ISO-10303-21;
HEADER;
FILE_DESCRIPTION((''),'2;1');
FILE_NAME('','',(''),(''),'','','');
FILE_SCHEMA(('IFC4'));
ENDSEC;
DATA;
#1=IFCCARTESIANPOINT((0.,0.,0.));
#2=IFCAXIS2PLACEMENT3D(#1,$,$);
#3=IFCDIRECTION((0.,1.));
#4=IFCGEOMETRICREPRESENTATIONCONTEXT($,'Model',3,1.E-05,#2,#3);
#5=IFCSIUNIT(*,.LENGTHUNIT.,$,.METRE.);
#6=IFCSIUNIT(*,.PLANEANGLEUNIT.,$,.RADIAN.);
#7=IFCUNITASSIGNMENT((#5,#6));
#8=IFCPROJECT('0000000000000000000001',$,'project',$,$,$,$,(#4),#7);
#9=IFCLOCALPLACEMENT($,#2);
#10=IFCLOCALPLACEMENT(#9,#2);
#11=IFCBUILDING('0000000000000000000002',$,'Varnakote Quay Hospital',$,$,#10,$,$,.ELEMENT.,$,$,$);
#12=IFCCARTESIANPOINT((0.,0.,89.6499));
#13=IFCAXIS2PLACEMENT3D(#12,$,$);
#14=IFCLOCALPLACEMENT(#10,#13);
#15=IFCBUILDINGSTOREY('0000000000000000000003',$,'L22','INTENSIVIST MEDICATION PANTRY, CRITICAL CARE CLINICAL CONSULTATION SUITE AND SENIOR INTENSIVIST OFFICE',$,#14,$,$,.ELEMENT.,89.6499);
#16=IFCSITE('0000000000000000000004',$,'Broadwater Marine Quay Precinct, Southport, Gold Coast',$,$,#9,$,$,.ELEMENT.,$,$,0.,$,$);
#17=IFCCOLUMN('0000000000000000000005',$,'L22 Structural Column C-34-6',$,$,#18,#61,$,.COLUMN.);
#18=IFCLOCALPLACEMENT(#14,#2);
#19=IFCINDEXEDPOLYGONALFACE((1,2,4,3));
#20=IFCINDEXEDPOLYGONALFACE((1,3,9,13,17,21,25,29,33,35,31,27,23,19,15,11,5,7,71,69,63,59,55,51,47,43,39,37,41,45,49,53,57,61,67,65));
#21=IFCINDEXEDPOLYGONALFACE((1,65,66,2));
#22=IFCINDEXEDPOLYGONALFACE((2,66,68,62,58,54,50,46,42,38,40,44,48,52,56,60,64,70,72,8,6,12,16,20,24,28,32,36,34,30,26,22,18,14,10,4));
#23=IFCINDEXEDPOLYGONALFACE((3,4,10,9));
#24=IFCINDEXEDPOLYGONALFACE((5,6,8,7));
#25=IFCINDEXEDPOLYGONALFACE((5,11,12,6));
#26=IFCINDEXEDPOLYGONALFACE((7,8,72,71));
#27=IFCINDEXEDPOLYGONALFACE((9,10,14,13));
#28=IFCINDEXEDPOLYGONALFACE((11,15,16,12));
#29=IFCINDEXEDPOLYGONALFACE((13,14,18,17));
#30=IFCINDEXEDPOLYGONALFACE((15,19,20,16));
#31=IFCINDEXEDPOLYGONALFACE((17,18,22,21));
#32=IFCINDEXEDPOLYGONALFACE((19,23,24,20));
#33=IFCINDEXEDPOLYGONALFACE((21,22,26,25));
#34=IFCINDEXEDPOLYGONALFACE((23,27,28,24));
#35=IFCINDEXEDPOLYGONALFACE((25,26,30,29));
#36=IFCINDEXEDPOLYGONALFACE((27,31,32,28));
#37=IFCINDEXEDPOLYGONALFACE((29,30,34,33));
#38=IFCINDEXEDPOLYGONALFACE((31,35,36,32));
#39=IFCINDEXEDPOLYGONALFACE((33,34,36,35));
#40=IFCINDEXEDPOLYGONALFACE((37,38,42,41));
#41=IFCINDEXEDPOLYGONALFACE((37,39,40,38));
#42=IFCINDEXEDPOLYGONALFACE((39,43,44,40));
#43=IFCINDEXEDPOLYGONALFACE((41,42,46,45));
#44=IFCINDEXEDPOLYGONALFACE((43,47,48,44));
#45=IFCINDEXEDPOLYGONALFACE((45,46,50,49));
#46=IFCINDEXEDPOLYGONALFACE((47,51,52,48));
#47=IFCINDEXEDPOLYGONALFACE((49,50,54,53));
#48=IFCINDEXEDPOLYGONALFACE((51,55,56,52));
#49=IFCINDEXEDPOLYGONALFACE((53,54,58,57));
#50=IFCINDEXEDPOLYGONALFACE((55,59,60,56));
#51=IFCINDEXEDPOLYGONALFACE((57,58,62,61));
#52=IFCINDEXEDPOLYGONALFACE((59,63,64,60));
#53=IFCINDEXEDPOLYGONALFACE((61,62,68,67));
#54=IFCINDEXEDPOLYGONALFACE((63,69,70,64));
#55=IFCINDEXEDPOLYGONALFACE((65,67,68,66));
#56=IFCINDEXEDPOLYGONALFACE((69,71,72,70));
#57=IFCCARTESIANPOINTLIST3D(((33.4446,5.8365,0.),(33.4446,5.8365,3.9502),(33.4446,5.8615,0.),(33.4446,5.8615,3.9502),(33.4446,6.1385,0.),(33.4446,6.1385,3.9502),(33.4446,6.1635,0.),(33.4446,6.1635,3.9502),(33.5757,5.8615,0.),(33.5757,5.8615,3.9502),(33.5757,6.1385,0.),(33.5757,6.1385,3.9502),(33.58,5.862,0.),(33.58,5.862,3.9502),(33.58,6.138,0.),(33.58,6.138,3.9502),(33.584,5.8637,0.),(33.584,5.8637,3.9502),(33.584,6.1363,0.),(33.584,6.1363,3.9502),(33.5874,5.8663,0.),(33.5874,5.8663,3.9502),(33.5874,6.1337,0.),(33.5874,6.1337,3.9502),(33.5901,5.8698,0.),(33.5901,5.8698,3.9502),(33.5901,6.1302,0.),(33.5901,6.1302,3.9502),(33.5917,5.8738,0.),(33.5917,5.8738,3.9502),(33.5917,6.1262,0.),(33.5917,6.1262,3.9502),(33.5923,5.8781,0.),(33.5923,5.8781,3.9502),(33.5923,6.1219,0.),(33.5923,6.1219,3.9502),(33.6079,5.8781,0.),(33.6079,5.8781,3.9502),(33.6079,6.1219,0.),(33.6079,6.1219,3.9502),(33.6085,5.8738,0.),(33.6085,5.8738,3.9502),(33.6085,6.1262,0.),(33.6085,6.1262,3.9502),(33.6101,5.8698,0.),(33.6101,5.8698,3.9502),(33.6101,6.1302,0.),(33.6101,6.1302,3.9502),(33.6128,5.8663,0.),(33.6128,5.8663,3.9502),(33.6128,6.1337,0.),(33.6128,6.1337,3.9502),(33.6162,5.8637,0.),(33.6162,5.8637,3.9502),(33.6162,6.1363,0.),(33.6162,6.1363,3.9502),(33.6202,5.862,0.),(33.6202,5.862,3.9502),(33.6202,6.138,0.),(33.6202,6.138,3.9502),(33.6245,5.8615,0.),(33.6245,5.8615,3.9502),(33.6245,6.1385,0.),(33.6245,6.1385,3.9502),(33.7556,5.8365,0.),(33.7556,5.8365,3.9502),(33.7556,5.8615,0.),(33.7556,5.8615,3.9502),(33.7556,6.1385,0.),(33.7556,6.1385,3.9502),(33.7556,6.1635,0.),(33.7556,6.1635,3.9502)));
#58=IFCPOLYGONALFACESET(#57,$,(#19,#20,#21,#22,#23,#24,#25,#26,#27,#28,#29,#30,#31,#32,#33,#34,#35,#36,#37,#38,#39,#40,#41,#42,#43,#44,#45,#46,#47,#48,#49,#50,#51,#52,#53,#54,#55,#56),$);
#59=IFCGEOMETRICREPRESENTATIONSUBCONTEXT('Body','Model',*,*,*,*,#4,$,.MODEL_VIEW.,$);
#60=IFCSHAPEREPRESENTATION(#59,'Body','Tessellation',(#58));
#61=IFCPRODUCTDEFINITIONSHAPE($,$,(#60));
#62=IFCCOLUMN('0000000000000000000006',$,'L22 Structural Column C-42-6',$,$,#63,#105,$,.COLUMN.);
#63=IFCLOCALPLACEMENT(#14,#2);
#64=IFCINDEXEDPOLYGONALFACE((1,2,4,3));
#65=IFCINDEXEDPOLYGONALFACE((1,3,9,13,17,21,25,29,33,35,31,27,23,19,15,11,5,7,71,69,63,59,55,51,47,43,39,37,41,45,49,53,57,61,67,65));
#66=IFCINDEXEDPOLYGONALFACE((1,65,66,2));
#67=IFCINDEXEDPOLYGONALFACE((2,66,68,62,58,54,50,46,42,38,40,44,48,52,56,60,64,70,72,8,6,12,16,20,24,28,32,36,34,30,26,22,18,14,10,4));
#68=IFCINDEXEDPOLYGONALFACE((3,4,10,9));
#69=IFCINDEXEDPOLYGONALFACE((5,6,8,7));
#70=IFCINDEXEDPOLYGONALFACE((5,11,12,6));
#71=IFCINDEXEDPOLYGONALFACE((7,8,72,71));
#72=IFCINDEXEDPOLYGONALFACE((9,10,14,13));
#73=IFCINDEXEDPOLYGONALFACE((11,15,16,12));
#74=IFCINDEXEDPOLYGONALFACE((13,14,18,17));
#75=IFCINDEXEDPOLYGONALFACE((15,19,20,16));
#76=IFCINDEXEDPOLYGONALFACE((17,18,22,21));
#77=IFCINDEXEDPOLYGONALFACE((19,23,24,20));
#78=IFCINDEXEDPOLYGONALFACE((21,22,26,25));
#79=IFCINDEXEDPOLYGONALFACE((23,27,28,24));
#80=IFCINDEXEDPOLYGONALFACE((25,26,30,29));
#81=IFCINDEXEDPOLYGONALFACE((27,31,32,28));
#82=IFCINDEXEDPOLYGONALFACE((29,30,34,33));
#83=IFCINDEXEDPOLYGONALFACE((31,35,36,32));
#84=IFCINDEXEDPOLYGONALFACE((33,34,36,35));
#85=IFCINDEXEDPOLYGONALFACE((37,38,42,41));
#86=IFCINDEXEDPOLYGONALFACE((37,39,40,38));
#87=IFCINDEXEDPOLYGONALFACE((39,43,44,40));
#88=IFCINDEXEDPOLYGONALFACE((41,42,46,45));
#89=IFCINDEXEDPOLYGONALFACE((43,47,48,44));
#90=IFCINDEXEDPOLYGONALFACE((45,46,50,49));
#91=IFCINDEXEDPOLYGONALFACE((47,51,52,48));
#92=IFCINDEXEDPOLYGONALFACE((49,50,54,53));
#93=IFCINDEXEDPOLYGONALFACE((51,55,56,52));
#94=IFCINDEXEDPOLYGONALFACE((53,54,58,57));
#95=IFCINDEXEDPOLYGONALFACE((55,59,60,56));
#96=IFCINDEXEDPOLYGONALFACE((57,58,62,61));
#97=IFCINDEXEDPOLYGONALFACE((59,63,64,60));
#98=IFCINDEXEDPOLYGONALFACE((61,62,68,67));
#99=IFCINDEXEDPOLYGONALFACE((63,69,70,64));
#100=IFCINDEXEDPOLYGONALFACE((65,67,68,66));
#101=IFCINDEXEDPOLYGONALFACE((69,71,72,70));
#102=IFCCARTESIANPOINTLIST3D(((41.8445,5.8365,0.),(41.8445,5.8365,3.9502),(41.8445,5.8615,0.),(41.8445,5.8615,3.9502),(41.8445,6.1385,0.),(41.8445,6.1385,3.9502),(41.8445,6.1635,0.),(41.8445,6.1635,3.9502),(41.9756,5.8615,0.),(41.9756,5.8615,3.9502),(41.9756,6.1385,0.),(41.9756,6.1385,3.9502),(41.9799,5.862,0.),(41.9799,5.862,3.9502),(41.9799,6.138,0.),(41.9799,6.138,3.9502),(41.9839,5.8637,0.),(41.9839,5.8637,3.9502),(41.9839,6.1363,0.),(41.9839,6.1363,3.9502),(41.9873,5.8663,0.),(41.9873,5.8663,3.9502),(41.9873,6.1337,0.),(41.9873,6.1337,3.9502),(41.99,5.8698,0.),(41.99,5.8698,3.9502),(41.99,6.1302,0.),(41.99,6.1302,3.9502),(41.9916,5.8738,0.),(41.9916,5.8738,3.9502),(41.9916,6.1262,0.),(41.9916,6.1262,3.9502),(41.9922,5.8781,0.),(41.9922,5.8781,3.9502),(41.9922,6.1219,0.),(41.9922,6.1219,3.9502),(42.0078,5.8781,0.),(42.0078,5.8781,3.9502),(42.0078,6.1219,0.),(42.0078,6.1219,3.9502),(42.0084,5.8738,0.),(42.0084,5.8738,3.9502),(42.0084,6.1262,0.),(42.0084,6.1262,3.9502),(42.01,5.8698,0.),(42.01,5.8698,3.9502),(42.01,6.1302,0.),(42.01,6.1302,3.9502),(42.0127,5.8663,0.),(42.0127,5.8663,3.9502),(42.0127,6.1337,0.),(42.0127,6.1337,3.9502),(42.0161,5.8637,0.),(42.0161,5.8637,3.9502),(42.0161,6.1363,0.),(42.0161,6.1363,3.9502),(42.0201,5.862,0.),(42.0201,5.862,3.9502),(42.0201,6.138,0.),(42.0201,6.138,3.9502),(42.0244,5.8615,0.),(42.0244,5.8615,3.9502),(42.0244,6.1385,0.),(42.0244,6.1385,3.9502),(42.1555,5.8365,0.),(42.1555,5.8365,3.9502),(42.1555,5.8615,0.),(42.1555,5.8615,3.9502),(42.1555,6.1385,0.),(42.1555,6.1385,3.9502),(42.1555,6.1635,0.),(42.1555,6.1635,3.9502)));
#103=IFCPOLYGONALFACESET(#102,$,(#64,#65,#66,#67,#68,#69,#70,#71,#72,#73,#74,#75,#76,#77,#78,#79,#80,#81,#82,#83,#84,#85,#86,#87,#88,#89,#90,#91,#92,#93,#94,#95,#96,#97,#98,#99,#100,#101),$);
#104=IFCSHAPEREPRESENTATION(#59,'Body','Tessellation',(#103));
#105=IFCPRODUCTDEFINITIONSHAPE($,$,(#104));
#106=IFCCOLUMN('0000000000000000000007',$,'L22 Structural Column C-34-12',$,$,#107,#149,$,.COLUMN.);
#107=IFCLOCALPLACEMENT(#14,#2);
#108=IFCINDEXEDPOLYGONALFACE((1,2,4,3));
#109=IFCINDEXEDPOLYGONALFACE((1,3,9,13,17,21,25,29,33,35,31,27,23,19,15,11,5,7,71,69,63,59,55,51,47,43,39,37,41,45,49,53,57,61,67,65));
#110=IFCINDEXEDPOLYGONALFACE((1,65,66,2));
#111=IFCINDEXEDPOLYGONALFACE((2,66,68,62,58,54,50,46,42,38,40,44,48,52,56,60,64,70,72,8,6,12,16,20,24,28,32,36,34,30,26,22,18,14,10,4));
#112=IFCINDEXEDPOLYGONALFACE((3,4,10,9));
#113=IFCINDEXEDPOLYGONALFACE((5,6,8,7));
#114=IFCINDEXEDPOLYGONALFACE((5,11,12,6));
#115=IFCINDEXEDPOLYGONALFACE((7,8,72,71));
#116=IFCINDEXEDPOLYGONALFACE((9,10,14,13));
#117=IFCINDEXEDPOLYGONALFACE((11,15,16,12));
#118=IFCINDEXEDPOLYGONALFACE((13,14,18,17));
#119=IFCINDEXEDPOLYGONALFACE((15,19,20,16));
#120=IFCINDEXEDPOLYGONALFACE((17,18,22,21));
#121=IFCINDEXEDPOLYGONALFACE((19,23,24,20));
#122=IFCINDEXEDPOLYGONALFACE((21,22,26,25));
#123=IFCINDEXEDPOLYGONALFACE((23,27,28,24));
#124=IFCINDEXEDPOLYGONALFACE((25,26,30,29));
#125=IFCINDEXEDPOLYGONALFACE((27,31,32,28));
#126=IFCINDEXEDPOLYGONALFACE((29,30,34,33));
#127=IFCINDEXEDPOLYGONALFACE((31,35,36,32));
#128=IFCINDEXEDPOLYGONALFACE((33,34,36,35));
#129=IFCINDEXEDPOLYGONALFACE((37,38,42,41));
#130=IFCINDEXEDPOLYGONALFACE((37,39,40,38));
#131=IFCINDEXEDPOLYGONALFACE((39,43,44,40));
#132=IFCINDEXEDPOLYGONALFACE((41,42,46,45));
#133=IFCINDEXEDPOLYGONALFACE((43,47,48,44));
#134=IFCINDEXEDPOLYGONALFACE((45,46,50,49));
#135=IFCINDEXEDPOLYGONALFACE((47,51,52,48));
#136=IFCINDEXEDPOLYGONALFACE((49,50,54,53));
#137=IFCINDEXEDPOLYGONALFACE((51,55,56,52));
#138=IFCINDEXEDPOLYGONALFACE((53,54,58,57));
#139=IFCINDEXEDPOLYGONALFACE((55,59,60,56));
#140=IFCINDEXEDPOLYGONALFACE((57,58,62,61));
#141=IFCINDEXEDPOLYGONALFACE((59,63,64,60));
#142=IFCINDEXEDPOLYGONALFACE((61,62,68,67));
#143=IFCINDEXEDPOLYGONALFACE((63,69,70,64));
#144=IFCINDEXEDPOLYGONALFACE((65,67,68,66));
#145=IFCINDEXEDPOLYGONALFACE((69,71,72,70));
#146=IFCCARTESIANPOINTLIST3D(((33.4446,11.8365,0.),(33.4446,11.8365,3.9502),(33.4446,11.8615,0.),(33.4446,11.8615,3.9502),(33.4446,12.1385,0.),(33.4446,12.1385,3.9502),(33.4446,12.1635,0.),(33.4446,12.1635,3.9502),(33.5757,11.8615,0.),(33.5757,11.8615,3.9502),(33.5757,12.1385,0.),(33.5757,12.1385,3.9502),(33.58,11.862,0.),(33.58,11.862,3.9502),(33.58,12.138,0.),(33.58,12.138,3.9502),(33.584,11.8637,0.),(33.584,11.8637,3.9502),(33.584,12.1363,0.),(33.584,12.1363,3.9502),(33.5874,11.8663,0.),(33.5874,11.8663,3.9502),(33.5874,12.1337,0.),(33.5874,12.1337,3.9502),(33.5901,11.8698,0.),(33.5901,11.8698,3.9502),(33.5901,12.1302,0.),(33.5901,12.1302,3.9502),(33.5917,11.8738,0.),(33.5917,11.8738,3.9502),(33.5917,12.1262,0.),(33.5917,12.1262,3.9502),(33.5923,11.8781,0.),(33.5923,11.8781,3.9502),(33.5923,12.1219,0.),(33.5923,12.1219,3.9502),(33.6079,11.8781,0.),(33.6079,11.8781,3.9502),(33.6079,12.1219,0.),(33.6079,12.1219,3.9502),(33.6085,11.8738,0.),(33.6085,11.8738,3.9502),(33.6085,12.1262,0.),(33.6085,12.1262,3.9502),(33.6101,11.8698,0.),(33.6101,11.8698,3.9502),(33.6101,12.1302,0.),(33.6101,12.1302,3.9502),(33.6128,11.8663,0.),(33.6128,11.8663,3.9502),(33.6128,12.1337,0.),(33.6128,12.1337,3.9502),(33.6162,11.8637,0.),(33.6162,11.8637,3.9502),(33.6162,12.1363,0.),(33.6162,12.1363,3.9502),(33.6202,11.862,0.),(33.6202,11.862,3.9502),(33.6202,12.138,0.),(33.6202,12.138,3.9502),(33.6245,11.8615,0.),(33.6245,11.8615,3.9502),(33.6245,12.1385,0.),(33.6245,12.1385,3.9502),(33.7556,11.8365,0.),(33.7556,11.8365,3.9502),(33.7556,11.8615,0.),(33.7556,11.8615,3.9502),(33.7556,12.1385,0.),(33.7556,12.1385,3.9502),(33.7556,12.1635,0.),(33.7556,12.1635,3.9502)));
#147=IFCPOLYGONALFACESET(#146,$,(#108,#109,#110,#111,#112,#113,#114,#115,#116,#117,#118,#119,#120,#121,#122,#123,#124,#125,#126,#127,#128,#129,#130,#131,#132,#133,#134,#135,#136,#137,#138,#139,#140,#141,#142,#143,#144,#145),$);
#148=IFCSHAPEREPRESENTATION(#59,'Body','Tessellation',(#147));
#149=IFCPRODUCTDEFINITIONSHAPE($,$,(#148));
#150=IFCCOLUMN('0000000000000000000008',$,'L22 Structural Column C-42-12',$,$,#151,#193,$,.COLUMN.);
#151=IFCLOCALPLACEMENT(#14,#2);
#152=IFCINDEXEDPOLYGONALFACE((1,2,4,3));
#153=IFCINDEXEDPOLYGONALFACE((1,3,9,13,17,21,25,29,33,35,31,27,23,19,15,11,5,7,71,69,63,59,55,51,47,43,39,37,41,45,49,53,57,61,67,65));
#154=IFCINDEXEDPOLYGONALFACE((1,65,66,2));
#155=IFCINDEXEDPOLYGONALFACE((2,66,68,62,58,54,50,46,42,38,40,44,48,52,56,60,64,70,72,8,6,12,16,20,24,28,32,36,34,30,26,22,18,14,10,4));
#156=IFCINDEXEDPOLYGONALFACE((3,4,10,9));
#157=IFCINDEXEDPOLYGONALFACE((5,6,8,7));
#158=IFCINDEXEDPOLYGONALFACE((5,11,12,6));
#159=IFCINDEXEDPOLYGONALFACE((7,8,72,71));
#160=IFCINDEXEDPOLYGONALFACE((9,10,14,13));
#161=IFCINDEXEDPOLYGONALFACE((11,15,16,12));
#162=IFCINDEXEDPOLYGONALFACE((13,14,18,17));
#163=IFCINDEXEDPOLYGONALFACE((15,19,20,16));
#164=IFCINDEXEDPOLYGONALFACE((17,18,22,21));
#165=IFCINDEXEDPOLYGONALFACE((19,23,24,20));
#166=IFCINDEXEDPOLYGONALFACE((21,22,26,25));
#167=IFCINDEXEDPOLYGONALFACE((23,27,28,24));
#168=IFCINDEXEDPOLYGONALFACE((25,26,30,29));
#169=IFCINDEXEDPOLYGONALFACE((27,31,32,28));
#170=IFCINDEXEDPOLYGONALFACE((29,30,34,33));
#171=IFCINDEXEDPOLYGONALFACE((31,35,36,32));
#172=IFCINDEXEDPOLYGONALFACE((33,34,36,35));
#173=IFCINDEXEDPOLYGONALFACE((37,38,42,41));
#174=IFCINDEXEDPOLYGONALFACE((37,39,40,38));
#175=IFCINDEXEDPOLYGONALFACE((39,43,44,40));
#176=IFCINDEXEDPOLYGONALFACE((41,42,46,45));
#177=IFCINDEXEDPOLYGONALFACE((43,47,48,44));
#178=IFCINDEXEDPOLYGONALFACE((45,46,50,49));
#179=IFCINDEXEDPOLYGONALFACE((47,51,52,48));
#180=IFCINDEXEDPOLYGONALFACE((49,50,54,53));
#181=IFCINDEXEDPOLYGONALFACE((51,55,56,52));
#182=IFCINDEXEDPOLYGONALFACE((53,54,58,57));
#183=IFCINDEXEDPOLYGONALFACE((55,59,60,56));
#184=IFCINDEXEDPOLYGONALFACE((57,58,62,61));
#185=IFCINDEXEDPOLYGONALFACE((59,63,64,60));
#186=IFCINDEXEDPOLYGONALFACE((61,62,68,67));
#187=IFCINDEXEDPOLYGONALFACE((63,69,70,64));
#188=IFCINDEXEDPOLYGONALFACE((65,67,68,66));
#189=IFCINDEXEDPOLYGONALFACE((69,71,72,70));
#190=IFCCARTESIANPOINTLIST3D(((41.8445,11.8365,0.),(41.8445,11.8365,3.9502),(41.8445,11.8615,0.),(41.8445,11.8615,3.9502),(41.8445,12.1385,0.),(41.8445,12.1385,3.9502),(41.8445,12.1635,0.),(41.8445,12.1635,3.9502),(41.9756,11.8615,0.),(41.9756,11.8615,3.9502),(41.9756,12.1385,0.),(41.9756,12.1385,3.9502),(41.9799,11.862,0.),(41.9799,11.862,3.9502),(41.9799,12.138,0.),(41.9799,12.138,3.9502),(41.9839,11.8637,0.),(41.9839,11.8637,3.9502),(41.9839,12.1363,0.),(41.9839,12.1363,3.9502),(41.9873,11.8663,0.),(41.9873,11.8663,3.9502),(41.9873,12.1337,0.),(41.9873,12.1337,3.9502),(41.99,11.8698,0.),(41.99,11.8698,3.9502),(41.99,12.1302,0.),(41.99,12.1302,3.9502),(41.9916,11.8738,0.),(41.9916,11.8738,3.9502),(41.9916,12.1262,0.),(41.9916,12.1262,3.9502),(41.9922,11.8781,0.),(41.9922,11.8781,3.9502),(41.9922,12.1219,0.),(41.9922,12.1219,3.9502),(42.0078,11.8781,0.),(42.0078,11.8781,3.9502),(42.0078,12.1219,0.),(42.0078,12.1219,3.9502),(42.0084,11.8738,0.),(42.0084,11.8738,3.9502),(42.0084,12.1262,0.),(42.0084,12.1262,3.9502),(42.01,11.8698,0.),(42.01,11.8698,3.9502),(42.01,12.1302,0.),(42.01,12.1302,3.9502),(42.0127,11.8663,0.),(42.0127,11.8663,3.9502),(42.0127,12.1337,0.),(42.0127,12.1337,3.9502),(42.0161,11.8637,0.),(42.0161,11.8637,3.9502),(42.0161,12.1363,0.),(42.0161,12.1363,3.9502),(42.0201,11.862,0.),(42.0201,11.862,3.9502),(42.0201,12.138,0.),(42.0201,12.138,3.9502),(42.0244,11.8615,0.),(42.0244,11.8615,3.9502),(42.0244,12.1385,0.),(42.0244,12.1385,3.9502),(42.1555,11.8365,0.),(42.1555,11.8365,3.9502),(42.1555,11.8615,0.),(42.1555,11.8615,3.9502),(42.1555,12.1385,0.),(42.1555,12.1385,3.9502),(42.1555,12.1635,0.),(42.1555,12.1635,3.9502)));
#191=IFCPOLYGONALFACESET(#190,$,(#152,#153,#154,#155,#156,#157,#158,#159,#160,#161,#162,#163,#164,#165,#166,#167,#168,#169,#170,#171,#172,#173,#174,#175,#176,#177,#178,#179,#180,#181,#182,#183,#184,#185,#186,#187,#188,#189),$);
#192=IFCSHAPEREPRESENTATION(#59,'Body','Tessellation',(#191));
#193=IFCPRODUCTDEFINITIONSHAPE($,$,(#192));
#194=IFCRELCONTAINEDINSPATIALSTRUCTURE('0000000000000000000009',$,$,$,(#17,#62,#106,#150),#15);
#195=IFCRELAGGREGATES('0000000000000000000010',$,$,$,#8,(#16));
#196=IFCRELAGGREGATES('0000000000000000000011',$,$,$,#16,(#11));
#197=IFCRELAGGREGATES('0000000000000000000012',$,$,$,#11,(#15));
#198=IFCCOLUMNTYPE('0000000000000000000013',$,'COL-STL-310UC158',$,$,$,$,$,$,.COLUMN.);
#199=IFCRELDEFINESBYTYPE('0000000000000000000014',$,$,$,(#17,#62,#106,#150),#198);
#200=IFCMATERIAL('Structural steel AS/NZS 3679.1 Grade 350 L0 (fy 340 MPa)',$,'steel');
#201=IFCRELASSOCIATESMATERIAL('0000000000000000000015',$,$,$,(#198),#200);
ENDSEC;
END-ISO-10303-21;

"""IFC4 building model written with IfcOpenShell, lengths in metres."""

from ifc_helpers import new_model, si_unit, direction, frame, origin, origin_2d, place, context, subcontext, project, spatial, i_section, extrude, material, material_profile, profile_set, type_object, element, save


model = new_model("IFC4")

# Units and contexts
model_context = context("Model", 3, precision=1e-05, world=origin(), true_north=direction((0.0, 1.0)))
body_context = subcontext(model_context, "Body", "Model", "MODEL_VIEW")
ifc_project = project(units=[si_unit("LENGTHUNIT", "METRE"), si_unit("PLANEANGLEUNIT", "RADIAN")], contexts=[model_context])

# Site, building, storey
site_placement = place(None, origin())
site = spatial("IfcSite", under=ifc_project, at=site_placement, Name="Broadwater Marine Quay Precinct, Southport, Gold Coast", CompositionType="ELEMENT", RefElevation=0.0)
building_placement = place(site_placement, origin())
building = spatial("IfcBuilding", under=site, at=building_placement, Name="Varnakote Quay Hospital", CompositionType="ELEMENT")
storey_placement = place(building_placement, frame((0.0, 0.0, 89.6499)))
storey = spatial("IfcBuildingStorey", under=building, at=storey_placement, Name="L22", Description="INTENSIVIST MEDICATION PANTRY, CRITICAL CARE CLINICAL CONSULTATION SUITE AND SENIOR INTENSIVIST OFFICE", CompositionType="ELEMENT", Elevation=89.6499)

# Columns
ifc_material_1 = material(Name="Structural steel AS/NZS 3679.1 Grade 350 L0 (fy 340 MPa)", Category="steel")
ifc_material_profile_1 = material_profile(ifc_material_1, i_section(OverallWidth=0.311, OverallDepth=0.3269, WebThickness=0.0156, FlangeThickness=0.0249, FilletRadius=0.0166, at=origin_2d()), Name="310UC158")
ifc_profile_set_1 = profile_set([ifc_material_profile_1], Name="Structural steel AS/NZS 3679.1 Grade 350 L0 (fy 340 MPa)")
column_type = type_object("IfcColumnType", Name="COL-STL-310UC158", PredefinedType="COLUMN", material=ifc_profile_set_1)
for number, where, z_axis, x_axis, name in (
    (1, (33.6001, 6.0, 0.0), (0.0, 0.0, 1.0), (1.0, 0.0, 0.0), "L22 Structural Column C-34-6"),
    (2, (42.0, 6.0, 0.0), (0.0, 0.0, 1.0), (1.0, 0.0, 0.0), "L22 Structural Column C-42-6"),
    (3, (33.6001, 12.0, 0.0), (0.0, 0.0, 1.0), (1.0, 0.0, 0.0), "L22 Structural Column C-34-12"),
    (4, (42.0, 12.0, 0.0), (0.0, 0.0, 1.0), (1.0, 0.0, 0.0), "L22 Structural Column C-42-12"),
):
    element("IfcColumn", number, at=place(storey_placement, frame(where, z_axis=z_axis, x_axis=x_axis)), inside=storey, type_object=column_type, Name=name, PredefinedType="COLUMN", context=body_context, shape_type="SweptSolid", body=[
        extrude(i_section(OverallWidth=0.311, OverallDepth=0.3269, WebThickness=0.0156, FlangeThickness=0.0249, FilletRadius=0.0166, at=origin_2d()), origin(), (0.0, 0.0, 1.0), 3.9502),
    ])

save(model, "model.ifc")
